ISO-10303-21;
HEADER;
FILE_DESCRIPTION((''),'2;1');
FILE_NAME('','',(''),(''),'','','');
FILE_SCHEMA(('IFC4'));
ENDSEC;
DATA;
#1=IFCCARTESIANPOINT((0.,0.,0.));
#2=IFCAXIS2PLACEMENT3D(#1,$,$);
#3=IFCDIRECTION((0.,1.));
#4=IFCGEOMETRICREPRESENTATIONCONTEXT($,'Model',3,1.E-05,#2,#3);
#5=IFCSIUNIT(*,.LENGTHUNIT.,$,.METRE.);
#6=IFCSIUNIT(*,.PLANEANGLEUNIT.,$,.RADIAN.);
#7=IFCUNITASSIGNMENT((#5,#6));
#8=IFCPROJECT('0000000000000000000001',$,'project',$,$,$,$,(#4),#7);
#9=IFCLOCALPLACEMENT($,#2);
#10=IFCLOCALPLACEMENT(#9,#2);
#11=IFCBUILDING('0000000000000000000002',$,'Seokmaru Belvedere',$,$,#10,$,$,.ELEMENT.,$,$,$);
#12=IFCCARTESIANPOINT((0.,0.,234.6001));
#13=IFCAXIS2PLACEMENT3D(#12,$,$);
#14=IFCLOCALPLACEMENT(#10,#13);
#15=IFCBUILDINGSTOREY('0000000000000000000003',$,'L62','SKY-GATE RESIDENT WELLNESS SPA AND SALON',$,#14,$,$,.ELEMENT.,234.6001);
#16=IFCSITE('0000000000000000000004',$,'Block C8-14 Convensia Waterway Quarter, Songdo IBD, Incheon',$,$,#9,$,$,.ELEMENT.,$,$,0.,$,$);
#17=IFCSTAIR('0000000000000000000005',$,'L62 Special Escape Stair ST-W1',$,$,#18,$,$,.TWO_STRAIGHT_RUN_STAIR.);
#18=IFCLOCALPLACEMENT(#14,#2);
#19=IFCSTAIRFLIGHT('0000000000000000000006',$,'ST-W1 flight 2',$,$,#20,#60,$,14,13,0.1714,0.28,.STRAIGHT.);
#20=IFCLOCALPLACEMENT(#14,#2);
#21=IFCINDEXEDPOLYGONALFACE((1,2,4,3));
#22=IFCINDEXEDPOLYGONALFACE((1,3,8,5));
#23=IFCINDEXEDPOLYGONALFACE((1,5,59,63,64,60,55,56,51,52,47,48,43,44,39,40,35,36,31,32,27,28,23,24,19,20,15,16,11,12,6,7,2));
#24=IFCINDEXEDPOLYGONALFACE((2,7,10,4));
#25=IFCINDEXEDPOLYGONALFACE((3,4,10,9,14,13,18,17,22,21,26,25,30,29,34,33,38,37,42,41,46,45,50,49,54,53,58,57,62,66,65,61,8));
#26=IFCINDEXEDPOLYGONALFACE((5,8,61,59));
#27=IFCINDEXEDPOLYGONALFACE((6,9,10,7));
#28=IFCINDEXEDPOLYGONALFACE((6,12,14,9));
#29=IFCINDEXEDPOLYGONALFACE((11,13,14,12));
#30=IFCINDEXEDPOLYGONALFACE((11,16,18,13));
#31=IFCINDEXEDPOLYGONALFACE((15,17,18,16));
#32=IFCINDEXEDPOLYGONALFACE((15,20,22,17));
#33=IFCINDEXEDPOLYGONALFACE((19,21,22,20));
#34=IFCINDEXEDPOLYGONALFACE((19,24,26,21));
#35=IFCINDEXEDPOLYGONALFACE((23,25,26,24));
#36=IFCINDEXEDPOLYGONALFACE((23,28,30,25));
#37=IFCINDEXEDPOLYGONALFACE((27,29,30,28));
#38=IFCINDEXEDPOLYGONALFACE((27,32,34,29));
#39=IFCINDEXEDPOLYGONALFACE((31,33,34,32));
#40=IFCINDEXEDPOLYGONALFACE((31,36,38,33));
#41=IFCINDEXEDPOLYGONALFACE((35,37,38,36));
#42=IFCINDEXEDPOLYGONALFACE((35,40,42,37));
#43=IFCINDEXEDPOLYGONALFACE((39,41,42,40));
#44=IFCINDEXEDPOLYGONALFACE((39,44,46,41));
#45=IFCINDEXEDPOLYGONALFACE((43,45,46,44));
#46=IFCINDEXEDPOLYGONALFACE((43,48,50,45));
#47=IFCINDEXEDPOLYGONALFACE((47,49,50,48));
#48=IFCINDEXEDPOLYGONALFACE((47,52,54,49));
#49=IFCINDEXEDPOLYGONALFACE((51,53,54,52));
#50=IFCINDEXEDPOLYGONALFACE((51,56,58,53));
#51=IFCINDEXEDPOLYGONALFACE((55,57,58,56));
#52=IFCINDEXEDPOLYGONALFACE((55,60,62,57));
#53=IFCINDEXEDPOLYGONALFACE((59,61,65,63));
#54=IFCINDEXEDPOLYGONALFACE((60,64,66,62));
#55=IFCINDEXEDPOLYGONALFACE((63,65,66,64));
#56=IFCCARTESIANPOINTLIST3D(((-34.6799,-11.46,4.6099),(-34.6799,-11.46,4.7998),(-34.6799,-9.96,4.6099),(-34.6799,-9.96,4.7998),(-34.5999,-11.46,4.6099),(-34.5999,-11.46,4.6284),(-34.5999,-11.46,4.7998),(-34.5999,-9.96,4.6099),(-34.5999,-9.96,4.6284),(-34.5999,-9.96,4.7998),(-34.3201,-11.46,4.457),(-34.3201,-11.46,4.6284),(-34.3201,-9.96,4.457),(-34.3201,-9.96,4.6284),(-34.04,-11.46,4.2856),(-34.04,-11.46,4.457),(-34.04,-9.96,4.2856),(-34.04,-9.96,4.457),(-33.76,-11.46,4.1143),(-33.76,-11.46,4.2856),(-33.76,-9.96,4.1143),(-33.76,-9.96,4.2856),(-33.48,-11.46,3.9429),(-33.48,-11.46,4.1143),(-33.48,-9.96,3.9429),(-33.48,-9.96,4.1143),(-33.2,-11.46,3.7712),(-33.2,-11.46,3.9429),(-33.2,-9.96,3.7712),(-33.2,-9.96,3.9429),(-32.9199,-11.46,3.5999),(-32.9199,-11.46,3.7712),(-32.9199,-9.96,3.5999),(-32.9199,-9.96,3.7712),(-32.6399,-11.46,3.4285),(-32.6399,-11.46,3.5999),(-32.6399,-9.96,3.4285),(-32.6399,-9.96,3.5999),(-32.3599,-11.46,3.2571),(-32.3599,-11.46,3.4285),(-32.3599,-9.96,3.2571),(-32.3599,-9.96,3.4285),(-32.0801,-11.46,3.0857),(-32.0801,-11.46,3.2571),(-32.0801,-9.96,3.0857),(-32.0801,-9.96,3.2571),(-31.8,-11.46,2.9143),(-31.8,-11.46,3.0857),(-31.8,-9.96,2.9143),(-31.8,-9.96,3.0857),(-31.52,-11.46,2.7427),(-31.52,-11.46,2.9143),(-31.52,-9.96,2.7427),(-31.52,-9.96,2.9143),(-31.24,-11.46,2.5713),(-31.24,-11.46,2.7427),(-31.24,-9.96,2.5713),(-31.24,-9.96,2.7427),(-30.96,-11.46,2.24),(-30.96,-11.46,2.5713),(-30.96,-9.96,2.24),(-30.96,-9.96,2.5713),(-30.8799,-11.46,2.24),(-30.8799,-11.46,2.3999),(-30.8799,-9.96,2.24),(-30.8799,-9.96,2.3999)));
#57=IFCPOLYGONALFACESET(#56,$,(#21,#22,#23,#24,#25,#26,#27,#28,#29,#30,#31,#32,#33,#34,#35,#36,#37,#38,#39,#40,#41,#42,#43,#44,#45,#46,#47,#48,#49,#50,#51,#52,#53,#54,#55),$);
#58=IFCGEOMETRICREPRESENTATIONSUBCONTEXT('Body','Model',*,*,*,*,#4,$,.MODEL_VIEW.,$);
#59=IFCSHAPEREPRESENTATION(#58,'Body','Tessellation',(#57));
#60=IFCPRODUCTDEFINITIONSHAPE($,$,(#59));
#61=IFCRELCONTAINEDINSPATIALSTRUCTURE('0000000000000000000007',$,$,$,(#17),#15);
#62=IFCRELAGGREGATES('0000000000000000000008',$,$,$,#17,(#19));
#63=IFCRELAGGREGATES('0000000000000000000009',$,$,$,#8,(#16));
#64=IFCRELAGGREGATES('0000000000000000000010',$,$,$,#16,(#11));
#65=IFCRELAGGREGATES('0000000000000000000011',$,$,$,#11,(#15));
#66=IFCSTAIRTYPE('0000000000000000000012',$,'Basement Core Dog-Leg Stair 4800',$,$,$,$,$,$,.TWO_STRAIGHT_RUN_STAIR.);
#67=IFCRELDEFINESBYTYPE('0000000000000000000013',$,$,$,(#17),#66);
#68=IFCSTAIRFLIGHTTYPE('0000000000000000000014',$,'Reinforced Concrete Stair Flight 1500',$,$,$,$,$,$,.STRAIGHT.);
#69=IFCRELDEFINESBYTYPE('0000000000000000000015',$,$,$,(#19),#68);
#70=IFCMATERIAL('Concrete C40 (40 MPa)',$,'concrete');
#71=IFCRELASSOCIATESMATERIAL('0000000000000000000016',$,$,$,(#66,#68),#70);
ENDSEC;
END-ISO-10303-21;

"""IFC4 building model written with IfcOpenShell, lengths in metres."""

from ifc_helpers import new_model, si_unit, direction, frame, origin, place, context, subcontext, project, spatial, polyline, outline, extrude, material, type_object, element, aggregate, save


model = new_model("IFC4")

# Units and contexts
model_context = context("Model", 3, precision=1e-05, world=origin(), true_north=direction((0.0, 1.0)))
body_context = subcontext(model_context, "Body", "Model", "MODEL_VIEW")
ifc_project = project(units=[si_unit("LENGTHUNIT", "METRE"), si_unit("PLANEANGLEUNIT", "RADIAN")], contexts=[model_context])

# Site, building, storey
site_placement = place(None, origin())
site = spatial("IfcSite", under=ifc_project, at=site_placement, Name="Block C8-14 Convensia Waterway Quarter, Songdo IBD, Incheon", CompositionType="ELEMENT", RefElevation=0.0)
building_placement = place(site_placement, origin())
building = spatial("IfcBuilding", under=site, at=building_placement, Name="Seokmaru Belvedere", CompositionType="ELEMENT")
storey_placement = place(building_placement, frame((0.0, 0.0, 234.6001)))
storey = spatial("IfcBuildingStorey", under=building, at=storey_placement, Name="L62", Description="SKY-GATE RESIDENT WELLNESS SPA AND SALON", CompositionType="ELEMENT", Elevation=234.6001)

# Stair, stair flight
ifc_material_1 = material(Name="Concrete C40 (40 MPa)", Category="concrete")
stair_type = type_object("IfcStairType", Name="Basement Core Dog-Leg Stair 4800", PredefinedType="TWO_STRAIGHT_RUN_STAIR", material=ifc_material_1)
stair_placement = place(storey_placement, origin())
stair = element("IfcStair", 1, at=stair_placement, inside=storey, type_object=stair_type, Name="L62 Special Escape Stair ST-W1", PredefinedType="TWO_STRAIGHT_RUN_STAIR")
stair_flight_type = type_object("IfcStairFlightType", Name="Reinforced Concrete Stair Flight 1500", PredefinedType="STRAIGHT", material=ifc_material_1)
stair_flight_placement = place(storey_placement, frame((-30.96, -10.71, 2.3999), z_axis=(0.0, 0.0, 1.0), x_axis=(-1.0, 0.0, 0.0)))
stair_flight = element("IfcStairFlight", 2, at=stair_flight_placement, type_object=stair_flight_type, Name="ST-W1 flight 2", NumberOfRisers=14, NumberOfTreads=13, PredefinedType="STRAIGHT", RiserHeight=0.1714, TreadLength=0.28, context=body_context, shape_type="SweptSolid", body=[
    extrude(outline(polyline([(-0.0801, 0.0), (0.0, 0.1714), (0.28, 0.1714), (0.28, 0.3428), (0.5601, 0.3428), (0.5601, 0.5144), (0.8401, 0.5144), (0.8401, 0.6858), (1.1201, 0.6858), (1.1201, 0.8572), (1.3999, 0.8572), (1.3999, 1.0286), (1.6799, 1.0286), (1.6799, 1.2), (1.96, 1.2), (1.96, 1.3713), (2.24, 1.3713), (2.24, 1.543), (2.52, 1.543), (2.52, 1.7144), (2.8, 1.7144), (2.8, 1.8857), (3.0801, 1.8857), (3.0801, 2.0571), (3.3601, 2.0571), (3.3601, 2.2285), (3.6399, 2.2285), (3.6399, 2.3999), (3.72, 2.3999), (3.72, 2.21), (3.6399, 2.21), (0.0, -0.1599), (-0.0801, -0.1599), (-0.0801, 0.0)])), frame((0.0, 0.75, 0.0), z_axis=(0.0, -1.0, 0.0), x_axis=(1.0, 0.0, 0.0)), (0.0, 0.0, 1.0), 1.5),
])
aggregate(stair, [stair_flight])

save(model, "model.ifc")
